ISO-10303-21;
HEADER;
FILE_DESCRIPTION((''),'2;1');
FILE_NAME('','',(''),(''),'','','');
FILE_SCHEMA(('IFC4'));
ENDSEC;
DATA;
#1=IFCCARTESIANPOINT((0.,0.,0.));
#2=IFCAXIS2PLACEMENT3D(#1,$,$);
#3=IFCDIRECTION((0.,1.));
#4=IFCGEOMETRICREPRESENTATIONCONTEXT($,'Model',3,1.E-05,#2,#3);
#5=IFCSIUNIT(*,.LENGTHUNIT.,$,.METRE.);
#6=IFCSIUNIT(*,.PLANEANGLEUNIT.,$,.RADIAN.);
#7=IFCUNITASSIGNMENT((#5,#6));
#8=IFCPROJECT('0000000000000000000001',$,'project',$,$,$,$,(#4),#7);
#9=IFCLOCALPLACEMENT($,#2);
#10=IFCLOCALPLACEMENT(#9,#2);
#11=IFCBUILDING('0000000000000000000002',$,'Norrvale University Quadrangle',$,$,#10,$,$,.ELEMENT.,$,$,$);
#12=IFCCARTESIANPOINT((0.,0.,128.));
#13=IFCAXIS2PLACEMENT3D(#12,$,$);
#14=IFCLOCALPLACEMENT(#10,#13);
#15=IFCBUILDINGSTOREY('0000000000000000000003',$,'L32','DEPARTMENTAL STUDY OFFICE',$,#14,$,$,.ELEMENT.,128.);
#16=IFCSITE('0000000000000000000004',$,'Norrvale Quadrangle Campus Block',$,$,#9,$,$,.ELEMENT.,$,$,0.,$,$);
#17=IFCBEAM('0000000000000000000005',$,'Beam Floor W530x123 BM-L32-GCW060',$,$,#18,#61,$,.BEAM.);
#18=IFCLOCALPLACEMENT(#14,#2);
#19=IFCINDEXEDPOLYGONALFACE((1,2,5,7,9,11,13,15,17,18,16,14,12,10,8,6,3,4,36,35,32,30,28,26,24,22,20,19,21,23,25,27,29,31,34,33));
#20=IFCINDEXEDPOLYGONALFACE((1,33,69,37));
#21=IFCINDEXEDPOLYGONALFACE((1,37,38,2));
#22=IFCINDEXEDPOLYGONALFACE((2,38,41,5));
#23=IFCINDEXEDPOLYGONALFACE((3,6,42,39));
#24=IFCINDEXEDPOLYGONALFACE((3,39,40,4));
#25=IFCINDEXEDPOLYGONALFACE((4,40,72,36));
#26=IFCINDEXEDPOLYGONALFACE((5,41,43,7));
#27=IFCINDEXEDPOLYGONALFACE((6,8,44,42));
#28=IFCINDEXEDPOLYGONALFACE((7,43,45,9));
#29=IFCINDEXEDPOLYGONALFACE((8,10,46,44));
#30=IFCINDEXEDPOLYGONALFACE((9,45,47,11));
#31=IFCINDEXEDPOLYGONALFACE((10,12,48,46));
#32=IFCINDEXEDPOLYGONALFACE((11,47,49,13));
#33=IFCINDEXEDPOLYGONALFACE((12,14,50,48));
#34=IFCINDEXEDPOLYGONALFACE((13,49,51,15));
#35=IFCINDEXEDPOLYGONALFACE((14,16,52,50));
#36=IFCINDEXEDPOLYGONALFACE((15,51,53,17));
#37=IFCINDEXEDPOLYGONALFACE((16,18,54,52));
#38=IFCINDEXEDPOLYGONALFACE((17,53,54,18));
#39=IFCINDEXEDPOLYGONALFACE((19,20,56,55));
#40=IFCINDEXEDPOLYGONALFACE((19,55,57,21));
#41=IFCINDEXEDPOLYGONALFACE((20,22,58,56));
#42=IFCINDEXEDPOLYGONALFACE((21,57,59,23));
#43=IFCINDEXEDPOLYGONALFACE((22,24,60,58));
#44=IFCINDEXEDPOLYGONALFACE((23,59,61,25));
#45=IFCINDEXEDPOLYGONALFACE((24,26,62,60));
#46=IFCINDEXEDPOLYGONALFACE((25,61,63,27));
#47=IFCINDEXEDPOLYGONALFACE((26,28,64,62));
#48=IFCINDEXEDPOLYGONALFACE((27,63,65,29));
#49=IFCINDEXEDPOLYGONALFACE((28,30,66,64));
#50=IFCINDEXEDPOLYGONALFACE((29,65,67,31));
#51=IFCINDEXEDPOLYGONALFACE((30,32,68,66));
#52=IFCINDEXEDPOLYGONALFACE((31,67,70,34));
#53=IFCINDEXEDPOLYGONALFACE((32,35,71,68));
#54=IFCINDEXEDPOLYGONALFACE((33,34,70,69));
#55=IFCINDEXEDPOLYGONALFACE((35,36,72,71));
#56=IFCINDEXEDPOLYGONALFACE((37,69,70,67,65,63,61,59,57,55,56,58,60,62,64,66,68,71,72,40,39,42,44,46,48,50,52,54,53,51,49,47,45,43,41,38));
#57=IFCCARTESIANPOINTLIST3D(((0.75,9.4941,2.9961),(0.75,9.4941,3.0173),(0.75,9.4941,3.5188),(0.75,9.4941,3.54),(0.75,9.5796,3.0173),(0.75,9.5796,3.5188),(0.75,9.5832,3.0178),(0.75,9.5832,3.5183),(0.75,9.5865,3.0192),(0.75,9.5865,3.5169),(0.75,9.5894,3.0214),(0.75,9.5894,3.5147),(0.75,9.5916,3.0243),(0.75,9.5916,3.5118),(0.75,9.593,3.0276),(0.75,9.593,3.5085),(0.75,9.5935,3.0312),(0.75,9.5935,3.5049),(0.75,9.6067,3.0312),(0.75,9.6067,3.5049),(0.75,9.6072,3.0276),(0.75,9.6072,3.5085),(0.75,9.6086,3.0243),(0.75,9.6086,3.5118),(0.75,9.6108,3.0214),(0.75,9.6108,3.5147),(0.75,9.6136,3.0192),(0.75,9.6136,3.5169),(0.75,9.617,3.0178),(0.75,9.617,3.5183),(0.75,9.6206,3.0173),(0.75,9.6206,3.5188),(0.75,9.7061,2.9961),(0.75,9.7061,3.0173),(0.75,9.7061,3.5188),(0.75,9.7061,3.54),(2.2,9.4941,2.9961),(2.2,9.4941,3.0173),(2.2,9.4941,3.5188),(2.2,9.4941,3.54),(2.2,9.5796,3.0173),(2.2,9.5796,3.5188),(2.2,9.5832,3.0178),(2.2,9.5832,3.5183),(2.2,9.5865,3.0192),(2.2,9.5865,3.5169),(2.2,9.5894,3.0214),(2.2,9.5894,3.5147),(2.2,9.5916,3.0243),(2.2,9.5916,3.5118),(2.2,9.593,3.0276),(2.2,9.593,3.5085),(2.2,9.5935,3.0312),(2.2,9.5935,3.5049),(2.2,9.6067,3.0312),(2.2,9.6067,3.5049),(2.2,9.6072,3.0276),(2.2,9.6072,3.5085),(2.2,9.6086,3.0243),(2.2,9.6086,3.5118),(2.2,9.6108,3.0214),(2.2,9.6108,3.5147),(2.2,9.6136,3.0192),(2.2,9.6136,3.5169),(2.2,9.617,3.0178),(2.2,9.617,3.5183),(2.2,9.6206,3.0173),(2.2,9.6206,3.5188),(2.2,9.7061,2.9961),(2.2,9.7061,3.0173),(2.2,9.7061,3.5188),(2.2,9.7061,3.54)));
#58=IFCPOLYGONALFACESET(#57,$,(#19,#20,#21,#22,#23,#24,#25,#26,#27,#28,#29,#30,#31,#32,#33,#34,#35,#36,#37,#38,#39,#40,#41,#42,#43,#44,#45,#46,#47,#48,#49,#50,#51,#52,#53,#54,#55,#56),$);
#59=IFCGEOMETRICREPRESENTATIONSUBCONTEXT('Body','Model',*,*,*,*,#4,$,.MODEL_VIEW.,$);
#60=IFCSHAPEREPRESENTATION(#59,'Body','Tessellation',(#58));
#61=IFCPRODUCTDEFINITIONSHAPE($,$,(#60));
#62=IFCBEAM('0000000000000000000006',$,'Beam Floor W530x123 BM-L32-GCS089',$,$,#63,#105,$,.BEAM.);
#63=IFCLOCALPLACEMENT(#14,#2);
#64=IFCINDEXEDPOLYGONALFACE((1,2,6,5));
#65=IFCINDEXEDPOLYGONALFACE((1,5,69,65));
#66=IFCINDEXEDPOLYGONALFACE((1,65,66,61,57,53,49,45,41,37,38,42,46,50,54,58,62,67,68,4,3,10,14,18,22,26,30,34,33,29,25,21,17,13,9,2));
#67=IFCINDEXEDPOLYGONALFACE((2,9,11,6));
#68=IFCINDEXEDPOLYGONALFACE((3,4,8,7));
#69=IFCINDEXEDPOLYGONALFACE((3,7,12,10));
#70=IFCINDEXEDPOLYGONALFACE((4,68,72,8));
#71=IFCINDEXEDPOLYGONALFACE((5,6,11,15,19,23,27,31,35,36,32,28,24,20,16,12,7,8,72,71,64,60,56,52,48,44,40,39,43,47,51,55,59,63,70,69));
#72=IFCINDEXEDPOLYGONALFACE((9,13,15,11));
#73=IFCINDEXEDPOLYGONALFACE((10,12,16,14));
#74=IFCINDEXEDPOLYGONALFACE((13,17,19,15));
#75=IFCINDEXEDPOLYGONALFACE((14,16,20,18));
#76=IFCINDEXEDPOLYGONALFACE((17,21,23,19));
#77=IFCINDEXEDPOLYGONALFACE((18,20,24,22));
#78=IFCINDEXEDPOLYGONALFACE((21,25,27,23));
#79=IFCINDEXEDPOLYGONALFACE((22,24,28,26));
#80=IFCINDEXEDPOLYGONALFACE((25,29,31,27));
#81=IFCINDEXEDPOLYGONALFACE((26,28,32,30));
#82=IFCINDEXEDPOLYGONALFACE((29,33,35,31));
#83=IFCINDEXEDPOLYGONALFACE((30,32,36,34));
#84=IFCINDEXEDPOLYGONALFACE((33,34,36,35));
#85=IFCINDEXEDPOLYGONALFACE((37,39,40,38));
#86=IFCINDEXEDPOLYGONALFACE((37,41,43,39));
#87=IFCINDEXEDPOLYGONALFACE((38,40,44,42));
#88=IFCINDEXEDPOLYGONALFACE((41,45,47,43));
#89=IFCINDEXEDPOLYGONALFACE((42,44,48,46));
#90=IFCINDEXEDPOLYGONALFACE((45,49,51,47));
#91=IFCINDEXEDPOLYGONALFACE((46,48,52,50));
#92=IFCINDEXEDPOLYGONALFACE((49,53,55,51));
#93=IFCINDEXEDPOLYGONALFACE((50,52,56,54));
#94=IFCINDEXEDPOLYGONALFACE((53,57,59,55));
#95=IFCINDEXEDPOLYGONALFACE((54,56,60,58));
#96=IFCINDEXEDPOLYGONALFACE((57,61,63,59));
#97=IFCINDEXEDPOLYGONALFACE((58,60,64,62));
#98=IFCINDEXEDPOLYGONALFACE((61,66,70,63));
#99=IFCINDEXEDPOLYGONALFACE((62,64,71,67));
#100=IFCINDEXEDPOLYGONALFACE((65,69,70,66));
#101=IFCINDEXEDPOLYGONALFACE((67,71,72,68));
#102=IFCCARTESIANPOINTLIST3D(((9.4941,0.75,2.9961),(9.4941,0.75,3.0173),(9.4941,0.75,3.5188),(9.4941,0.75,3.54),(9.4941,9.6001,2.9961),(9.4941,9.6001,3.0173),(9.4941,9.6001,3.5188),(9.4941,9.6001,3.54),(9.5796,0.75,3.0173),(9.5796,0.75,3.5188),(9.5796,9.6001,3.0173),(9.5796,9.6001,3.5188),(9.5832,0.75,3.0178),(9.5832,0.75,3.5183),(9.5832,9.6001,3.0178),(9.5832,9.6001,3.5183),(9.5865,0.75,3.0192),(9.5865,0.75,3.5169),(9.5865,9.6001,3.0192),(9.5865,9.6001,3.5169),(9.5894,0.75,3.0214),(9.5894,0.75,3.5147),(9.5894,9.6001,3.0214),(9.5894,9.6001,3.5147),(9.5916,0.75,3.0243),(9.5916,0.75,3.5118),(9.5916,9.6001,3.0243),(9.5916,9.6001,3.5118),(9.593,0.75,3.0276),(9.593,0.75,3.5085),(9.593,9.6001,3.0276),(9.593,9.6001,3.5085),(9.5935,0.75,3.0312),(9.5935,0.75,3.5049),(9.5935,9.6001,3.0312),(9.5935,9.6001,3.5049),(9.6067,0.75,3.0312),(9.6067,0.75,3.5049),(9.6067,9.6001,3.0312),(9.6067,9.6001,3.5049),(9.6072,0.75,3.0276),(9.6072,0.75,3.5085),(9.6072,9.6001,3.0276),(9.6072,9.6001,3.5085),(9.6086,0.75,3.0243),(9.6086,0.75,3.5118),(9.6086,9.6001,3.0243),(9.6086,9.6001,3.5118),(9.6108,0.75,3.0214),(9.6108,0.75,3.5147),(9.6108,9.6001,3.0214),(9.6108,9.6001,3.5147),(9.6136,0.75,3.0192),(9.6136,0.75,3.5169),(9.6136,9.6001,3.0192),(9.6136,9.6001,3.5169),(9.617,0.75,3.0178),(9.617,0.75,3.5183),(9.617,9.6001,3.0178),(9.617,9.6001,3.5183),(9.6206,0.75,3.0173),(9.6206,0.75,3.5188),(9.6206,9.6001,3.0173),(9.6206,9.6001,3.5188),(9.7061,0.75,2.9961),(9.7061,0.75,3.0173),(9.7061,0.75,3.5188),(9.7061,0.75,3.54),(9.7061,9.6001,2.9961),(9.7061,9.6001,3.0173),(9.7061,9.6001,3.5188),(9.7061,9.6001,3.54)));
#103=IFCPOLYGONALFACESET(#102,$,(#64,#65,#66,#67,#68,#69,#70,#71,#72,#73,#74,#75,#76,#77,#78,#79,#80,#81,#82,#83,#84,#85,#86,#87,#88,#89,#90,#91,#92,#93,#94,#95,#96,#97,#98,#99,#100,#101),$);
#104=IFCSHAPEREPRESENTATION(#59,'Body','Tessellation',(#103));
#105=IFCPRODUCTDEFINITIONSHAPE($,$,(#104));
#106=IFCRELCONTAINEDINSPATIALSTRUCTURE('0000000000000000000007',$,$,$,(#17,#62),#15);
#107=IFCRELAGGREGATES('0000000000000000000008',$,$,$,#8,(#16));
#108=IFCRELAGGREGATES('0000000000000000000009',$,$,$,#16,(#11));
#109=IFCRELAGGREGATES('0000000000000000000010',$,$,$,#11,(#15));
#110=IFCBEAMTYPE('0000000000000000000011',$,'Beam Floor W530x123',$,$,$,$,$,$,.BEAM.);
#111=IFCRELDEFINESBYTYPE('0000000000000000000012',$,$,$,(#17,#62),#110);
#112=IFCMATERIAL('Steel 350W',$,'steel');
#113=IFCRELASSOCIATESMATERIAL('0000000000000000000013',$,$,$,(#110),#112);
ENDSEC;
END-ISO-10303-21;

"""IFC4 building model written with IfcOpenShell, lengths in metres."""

from ifc_helpers import new_model, si_unit, direction, frame, origin, origin_2d, place, context, subcontext, project, spatial, i_section, extrude, material, material_profile, profile_set, type_object, element, save


model = new_model("IFC4")

# Units and contexts
model_context = context("Model", 3, precision=1e-05, world=origin(), true_north=direction((0.0, 1.0)))
body_context = subcontext(model_context, "Body", "Model", "MODEL_VIEW")
ifc_project = project(units=[si_unit("LENGTHUNIT", "METRE"), si_unit("PLANEANGLEUNIT", "RADIAN")], contexts=[model_context])

# Site, building, storey
site_placement = place(None, origin())
site = spatial("IfcSite", under=ifc_project, at=site_placement, Name="Norrvale Quadrangle Campus Block", CompositionType="ELEMENT", RefElevation=0.0)
building_placement = place(site_placement, origin())
building = spatial("IfcBuilding", under=site, at=building_placement, Name="Norrvale University Quadrangle", CompositionType="ELEMENT")
storey_placement = place(building_placement, frame((0.0, 0.0, 128.0)))
storey = spatial("IfcBuildingStorey", under=building, at=storey_placement, Name="L32", Description="DEPARTMENTAL STUDY OFFICE", CompositionType="ELEMENT", Elevation=128.0)

# Beams
ifc_material_1 = material(Name="Steel 350W", Category="steel")
ifc_material_profile_1 = material_profile(ifc_material_1, i_section(OverallWidth=0.2119, OverallDepth=0.5439, WebThickness=0.0132, FlangeThickness=0.0212, FilletRadius=0.0139, at=origin_2d()), Name="Steel 350W")
ifc_profile_set_1 = profile_set([ifc_material_profile_1], Name="Steel 350W")
beam_type_1 = type_object("IfcBeamType", Name="Beam Floor W530x123", PredefinedType="BEAM", material=ifc_profile_set_1)
beam_1_placement = place(storey_placement, frame((0.75, 9.6001, 3.2681), z_axis=(1.0, 0.0, 0.0), x_axis=(0.0, 1.0, 0.0)))
element("IfcBeam", 1, at=beam_1_placement, inside=storey, type_object=beam_type_1, Name="Beam Floor W530x123 BM-L32-GCW060", PredefinedType="BEAM", context=body_context, shape_type="SweptSolid", body=[
    extrude(i_section(OverallWidth=0.2119, OverallDepth=0.5439, WebThickness=0.0132, FlangeThickness=0.0212, FilletRadius=0.0139, at=origin_2d()), origin(), (0.0, 0.0, 1.0), 1.45),
])
beam_2_placement = place(storey_placement, frame((9.6001, 0.75, 3.2681), z_axis=(0.0, 1.0, 0.0), x_axis=(-1.0, 0.0, 0.0)))
element("IfcBeam", 2, at=beam_2_placement, inside=storey, type_object=beam_type_1, Name="Beam Floor W530x123 BM-L32-GCS089", PredefinedType="BEAM", context=body_context, shape_type="SweptSolid", body=[
    extrude(i_section(OverallWidth=0.2119, OverallDepth=0.5439, WebThickness=0.0132, FlangeThickness=0.0212, FilletRadius=0.0139, at=origin_2d()), origin(), (0.0, 0.0, 1.0), 8.8501),
])

save(model, "model.ifc")
